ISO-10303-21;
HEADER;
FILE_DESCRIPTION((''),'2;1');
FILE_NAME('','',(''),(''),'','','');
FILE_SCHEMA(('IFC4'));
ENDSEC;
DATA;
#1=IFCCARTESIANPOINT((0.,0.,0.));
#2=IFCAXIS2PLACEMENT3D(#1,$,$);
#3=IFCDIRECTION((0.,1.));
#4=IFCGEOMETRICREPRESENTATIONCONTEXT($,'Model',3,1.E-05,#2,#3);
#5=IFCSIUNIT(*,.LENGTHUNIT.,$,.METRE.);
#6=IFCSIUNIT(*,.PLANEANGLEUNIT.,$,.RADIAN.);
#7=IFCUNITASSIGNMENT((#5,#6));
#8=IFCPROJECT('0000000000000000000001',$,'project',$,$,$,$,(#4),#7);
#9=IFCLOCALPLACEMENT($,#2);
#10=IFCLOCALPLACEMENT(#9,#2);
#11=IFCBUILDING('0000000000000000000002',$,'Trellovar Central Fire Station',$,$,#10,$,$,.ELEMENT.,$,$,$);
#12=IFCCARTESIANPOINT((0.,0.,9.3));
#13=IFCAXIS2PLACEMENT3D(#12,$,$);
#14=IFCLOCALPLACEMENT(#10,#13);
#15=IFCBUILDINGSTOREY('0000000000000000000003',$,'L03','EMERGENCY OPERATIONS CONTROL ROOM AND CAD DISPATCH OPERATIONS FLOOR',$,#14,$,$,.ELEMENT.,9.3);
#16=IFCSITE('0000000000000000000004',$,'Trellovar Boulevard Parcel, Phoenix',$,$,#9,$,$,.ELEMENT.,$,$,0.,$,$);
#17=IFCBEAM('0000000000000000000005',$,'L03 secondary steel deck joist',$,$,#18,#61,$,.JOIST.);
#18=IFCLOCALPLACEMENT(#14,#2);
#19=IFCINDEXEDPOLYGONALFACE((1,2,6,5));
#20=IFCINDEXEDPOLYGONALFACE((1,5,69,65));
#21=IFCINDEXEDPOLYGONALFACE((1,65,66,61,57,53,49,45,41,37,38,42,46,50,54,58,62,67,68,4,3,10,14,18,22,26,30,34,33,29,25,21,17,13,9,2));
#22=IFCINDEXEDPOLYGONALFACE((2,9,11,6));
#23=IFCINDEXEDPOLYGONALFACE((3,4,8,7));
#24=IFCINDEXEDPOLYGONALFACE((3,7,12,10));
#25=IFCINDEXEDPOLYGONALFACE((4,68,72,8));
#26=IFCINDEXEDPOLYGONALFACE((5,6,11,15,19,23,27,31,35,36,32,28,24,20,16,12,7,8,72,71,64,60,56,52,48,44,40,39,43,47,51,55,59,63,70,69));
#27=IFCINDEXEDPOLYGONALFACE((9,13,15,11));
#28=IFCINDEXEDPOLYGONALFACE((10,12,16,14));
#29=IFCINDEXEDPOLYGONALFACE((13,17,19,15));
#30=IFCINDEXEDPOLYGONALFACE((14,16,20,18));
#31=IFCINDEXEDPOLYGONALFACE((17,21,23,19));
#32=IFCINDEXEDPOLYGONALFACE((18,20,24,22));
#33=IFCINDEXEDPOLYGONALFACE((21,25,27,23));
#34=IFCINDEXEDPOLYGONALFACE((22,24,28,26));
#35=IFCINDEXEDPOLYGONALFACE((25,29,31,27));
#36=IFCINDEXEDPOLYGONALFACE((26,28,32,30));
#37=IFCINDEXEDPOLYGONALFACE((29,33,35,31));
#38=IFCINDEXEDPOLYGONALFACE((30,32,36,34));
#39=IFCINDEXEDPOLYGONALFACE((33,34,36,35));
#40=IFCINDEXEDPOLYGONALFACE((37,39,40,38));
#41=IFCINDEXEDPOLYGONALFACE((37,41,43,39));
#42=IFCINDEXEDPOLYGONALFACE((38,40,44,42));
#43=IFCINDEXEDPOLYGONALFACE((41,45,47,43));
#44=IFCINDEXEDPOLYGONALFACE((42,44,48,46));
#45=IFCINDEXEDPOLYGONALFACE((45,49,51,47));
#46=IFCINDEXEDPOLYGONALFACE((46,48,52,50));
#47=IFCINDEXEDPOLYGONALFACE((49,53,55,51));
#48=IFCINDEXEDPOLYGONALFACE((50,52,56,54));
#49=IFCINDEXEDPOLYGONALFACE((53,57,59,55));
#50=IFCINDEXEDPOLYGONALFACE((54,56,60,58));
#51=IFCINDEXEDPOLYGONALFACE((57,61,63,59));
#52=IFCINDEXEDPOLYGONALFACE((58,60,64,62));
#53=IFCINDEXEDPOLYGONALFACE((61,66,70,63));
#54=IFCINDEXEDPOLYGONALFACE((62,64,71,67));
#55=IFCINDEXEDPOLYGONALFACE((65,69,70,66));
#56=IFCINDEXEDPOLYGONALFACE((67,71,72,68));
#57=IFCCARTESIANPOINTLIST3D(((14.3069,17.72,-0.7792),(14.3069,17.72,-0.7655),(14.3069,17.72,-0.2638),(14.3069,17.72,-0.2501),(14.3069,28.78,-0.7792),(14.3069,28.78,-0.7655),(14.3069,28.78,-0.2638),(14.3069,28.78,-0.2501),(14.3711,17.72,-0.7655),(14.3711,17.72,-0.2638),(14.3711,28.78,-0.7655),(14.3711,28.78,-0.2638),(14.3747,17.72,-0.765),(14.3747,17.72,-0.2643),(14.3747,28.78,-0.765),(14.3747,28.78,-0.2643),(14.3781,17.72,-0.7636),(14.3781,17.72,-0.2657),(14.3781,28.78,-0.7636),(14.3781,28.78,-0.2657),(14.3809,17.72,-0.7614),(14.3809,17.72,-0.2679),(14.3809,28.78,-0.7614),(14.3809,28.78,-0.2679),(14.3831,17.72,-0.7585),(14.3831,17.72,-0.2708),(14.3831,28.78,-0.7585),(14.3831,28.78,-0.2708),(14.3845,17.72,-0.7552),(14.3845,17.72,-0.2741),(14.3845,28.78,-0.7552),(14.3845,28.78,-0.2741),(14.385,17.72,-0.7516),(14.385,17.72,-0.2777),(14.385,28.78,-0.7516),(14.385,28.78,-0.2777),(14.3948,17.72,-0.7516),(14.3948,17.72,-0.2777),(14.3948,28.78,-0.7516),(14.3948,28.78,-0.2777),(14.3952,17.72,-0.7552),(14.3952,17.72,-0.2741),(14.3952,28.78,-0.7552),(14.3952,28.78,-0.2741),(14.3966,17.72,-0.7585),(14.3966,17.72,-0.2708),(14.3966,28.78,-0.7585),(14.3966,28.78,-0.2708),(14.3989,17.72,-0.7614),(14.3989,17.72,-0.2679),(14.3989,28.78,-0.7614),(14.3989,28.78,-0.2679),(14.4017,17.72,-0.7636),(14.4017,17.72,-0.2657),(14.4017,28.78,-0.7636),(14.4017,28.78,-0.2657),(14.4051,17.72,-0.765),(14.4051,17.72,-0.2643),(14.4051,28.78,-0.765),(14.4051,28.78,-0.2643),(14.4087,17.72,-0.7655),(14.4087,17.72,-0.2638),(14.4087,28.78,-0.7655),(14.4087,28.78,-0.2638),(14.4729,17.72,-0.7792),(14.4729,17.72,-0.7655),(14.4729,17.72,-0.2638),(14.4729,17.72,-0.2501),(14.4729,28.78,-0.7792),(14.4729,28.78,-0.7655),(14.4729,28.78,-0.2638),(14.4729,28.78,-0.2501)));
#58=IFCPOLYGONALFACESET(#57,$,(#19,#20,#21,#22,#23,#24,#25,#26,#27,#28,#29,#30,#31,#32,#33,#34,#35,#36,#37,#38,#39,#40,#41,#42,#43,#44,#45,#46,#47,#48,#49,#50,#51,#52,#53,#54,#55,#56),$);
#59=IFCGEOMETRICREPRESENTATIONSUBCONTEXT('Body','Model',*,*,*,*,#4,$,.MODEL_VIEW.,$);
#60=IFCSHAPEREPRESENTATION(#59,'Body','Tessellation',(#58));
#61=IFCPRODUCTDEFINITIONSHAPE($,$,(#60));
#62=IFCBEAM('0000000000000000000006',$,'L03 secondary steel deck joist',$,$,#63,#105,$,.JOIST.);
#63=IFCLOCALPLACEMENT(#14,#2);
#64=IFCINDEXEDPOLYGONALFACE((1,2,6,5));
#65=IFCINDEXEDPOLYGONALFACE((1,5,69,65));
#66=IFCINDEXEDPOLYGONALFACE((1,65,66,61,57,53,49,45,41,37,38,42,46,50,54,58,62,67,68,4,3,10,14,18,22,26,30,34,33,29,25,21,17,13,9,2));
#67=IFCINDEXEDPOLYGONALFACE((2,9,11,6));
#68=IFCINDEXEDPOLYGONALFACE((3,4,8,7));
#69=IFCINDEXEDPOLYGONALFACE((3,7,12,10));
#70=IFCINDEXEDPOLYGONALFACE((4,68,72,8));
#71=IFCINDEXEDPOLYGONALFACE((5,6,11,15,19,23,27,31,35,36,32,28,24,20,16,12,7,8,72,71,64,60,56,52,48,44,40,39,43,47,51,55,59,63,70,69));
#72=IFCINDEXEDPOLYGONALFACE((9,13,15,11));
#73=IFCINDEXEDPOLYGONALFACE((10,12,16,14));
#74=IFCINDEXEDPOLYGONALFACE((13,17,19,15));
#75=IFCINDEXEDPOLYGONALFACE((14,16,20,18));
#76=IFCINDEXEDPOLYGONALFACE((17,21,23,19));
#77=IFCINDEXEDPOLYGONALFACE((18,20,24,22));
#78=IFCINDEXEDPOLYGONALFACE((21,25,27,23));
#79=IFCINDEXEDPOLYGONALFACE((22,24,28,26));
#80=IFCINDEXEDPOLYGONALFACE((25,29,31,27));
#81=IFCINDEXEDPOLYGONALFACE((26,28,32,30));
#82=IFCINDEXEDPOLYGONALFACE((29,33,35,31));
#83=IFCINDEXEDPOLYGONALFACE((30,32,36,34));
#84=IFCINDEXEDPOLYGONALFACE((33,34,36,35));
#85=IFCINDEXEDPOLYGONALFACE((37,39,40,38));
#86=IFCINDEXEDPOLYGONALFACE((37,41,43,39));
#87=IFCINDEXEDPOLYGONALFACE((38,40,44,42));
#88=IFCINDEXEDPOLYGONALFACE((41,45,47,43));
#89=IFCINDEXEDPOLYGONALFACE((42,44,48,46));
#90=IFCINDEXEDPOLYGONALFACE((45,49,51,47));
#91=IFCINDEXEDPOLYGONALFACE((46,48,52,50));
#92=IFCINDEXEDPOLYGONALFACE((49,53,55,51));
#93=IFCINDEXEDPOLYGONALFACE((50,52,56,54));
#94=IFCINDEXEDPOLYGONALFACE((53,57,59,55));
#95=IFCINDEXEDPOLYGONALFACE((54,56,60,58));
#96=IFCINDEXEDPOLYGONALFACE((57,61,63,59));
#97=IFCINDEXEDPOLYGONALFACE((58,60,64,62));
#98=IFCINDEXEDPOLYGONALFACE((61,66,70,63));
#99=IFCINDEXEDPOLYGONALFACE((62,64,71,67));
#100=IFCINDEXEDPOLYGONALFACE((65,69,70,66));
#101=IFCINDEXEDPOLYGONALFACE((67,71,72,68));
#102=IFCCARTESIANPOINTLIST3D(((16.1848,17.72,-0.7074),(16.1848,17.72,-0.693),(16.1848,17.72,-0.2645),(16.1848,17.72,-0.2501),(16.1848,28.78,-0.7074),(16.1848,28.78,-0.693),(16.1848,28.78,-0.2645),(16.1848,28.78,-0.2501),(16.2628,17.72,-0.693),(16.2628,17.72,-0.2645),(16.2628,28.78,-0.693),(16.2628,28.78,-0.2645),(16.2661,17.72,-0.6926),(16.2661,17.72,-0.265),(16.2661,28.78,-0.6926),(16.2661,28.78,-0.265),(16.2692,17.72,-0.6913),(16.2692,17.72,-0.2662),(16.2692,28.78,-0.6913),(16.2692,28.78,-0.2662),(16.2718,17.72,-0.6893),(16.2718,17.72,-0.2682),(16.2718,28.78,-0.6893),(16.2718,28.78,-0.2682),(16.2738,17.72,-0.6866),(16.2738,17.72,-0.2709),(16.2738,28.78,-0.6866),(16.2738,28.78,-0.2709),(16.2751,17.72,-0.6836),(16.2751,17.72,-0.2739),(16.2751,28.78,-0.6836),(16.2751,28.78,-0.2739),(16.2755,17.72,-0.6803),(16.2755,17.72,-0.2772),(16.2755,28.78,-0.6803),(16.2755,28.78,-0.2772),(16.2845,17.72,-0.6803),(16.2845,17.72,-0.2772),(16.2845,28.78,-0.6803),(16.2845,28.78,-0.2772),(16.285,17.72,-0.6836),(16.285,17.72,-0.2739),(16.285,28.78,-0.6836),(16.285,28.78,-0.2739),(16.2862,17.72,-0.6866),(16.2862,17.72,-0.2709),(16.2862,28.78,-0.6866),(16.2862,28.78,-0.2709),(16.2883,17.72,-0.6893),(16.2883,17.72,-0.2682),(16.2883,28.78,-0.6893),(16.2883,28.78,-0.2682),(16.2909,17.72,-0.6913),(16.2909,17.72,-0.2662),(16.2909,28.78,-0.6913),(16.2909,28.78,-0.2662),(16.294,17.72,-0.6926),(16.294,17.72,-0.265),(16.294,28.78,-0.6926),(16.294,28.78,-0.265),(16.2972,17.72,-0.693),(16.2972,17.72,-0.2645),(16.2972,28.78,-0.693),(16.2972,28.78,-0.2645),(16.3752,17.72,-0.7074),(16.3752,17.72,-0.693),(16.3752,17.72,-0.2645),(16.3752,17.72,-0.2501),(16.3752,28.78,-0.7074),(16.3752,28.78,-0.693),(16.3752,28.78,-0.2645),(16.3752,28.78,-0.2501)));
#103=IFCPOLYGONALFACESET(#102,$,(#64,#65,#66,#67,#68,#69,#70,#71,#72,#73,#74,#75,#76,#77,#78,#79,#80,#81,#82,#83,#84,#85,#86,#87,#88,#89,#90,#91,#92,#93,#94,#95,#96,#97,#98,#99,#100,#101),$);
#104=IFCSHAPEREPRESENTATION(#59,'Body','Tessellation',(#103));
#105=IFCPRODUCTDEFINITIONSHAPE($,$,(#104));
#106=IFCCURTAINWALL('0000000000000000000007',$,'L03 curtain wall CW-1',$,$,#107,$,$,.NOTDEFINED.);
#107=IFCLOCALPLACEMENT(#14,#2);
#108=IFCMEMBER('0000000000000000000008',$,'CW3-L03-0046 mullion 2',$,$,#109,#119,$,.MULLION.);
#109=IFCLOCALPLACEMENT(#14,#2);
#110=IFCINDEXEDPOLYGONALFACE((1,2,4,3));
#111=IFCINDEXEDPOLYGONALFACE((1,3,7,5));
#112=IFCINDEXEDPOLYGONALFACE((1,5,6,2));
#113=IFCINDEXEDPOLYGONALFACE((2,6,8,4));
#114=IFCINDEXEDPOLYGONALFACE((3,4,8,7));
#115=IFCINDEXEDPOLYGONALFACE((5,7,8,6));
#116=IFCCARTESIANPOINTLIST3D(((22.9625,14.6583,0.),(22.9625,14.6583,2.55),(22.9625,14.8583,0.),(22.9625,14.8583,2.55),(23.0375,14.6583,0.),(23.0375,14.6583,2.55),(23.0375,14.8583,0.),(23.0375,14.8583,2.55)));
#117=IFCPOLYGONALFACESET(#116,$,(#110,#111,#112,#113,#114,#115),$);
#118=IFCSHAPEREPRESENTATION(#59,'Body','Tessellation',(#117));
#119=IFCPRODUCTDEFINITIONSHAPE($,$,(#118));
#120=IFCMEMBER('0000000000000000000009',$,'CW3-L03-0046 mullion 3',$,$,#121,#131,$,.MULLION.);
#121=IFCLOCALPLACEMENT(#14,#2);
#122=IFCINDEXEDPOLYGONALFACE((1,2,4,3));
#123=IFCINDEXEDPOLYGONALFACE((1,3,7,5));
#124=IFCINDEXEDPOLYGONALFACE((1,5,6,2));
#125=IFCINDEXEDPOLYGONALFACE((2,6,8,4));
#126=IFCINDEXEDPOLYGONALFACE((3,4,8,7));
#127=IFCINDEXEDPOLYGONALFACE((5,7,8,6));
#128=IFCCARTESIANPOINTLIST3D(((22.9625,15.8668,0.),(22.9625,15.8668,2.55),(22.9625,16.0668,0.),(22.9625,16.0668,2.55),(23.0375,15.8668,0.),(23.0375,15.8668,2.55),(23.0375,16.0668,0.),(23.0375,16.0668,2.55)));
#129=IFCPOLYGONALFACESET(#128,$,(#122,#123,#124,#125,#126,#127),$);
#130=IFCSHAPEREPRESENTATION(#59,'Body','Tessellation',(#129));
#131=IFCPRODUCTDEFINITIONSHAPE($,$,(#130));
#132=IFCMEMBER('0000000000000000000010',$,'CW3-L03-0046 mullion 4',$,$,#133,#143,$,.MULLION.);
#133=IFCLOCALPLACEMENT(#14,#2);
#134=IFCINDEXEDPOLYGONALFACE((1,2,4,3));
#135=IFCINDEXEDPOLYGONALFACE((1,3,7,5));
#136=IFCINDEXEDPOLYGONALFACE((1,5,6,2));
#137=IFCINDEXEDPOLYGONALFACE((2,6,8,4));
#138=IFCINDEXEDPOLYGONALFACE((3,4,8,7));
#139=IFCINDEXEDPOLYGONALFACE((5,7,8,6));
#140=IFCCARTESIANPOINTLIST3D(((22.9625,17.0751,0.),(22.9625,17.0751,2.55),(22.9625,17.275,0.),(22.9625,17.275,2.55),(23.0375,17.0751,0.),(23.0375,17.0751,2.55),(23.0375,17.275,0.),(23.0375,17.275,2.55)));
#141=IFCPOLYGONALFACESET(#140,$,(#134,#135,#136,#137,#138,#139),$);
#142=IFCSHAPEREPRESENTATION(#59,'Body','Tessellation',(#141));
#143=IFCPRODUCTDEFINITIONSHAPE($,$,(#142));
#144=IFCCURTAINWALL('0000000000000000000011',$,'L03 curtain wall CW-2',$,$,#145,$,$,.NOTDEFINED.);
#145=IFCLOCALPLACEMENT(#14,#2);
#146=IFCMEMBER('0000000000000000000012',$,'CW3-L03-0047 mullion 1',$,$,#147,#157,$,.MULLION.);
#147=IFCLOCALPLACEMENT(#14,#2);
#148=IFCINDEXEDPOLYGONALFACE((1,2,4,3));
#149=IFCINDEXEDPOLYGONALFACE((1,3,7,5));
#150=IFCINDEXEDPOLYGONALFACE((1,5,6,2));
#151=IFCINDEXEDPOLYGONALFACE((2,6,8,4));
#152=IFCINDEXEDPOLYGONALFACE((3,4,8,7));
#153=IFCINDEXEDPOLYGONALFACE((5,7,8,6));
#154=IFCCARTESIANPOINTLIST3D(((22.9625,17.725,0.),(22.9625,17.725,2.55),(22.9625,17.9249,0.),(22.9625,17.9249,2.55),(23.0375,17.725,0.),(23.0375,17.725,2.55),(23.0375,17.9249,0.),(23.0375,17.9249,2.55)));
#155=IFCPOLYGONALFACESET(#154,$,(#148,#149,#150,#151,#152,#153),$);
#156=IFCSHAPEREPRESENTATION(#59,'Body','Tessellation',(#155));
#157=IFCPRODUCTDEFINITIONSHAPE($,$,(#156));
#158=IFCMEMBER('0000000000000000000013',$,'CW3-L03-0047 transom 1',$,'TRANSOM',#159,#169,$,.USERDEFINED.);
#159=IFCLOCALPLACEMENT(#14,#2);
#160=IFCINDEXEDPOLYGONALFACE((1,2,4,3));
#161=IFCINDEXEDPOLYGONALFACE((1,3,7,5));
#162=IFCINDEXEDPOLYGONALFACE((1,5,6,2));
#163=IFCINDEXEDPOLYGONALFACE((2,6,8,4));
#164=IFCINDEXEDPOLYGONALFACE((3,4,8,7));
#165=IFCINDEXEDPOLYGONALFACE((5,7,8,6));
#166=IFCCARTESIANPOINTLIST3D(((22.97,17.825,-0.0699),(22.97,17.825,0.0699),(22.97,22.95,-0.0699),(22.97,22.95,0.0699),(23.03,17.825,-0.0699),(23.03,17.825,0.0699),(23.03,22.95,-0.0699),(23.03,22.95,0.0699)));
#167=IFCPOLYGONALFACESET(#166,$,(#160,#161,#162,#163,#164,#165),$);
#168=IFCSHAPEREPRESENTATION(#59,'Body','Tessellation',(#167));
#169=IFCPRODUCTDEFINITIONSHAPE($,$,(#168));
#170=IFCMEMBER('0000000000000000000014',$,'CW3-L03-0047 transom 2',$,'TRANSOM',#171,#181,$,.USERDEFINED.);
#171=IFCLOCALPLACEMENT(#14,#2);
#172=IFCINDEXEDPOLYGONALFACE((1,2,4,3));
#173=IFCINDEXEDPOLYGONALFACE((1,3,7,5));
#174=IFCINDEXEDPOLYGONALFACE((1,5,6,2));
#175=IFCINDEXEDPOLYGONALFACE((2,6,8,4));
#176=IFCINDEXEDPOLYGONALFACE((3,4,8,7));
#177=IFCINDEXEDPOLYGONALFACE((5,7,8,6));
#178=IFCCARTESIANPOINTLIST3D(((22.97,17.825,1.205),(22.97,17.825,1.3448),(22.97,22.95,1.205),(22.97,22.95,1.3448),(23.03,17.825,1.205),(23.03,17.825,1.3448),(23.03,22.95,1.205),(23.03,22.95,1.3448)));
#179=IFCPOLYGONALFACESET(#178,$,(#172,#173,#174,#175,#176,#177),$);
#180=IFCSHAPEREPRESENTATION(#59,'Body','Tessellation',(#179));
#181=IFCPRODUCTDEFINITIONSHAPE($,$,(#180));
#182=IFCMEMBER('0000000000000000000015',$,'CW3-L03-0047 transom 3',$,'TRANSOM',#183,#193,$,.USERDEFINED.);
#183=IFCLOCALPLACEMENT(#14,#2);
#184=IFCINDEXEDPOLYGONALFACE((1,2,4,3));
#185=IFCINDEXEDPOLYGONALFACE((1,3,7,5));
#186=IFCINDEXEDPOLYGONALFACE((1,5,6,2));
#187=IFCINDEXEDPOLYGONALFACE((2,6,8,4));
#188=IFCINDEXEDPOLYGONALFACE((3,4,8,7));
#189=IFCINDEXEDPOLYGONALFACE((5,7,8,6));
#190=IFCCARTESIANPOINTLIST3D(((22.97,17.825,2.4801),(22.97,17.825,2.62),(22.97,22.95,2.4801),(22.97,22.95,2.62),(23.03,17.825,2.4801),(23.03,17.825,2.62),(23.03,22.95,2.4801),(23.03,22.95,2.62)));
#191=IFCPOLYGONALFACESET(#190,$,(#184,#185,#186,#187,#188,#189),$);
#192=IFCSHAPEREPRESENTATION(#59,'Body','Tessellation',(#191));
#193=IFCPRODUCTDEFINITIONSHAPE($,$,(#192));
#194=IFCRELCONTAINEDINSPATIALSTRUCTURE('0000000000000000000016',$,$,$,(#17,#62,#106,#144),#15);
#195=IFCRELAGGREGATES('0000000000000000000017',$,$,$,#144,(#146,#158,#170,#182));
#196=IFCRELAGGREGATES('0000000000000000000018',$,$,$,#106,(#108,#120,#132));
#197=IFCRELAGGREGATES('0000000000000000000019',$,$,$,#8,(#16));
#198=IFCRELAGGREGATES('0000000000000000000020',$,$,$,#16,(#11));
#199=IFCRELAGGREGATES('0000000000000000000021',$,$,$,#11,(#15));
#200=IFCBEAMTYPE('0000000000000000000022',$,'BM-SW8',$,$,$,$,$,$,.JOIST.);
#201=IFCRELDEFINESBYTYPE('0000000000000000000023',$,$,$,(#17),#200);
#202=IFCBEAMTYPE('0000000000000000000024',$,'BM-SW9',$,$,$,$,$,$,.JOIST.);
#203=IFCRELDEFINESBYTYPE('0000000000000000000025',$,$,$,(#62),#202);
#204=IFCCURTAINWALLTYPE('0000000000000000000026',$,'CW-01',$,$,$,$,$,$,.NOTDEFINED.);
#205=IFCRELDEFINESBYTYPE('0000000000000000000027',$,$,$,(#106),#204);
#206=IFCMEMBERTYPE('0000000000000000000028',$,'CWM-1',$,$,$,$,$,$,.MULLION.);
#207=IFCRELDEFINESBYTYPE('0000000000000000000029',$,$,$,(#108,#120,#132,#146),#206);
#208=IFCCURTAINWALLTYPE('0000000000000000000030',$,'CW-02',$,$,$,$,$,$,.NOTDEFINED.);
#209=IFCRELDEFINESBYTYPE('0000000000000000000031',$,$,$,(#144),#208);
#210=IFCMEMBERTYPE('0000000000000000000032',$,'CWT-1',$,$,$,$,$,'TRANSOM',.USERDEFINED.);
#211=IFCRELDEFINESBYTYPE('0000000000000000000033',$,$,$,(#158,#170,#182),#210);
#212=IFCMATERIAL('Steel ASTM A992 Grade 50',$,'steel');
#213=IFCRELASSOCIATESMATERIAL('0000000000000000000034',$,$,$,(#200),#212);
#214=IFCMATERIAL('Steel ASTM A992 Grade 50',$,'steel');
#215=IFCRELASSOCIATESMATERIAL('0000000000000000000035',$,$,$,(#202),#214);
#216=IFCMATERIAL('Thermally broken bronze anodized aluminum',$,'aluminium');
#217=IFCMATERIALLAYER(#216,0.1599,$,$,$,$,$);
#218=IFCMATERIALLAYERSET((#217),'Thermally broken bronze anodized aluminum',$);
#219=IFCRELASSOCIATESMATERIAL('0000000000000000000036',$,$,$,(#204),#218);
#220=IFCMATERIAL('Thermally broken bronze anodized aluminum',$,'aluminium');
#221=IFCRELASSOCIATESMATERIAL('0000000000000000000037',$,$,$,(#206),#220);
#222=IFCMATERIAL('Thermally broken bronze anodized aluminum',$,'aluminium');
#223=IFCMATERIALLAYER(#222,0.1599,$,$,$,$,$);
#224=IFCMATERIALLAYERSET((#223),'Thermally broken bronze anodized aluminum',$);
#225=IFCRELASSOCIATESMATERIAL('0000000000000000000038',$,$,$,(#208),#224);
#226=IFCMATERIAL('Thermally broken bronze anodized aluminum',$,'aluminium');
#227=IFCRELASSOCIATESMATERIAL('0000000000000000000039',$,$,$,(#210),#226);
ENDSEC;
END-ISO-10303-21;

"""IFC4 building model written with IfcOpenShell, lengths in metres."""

from ifc_helpers import new_model, si_unit, direction, frame, origin, origin_2d, place, context, subcontext, project, spatial, rectangle, i_section, extrude, material, layer, layer_set, material_profile, profile_set, type_object, element, aggregate, save


model = new_model("IFC4")

# Units and contexts
model_context = context("Model", 3, precision=1e-05, world=origin(), true_north=direction((0.0, 1.0)))
body_context = subcontext(model_context, "Body", "Model", "MODEL_VIEW")
ifc_project = project(units=[si_unit("LENGTHUNIT", "METRE"), si_unit("PLANEANGLEUNIT", "RADIAN")], contexts=[model_context])

# Site, building, storey
site_placement = place(None, origin())
site = spatial("IfcSite", under=ifc_project, at=site_placement, Name="Trellovar Boulevard Parcel, Phoenix", CompositionType="ELEMENT", RefElevation=0.0)
building_placement = place(site_placement, origin())
building = spatial("IfcBuilding", under=site, at=building_placement, Name="Trellovar Central Fire Station", CompositionType="ELEMENT")
storey_placement = place(building_placement, frame((0.0, 0.0, 9.3)))
storey = spatial("IfcBuildingStorey", under=building, at=storey_placement, Name="L03", Description="EMERGENCY OPERATIONS CONTROL ROOM AND CAD DISPATCH OPERATIONS FLOOR", CompositionType="ELEMENT", Elevation=9.3)

# Beams
ifc_material_1 = material(Name="Steel ASTM A992 Grade 50", Category="steel")
ifc_material_profile_1 = material_profile(ifc_material_1, i_section(OverallWidth=0.166, OverallDepth=0.5291, WebThickness=0.0098, FlangeThickness=0.0137, FilletRadius=0.0139, at=origin_2d()), Name="W21X50")
ifc_profile_set_1 = profile_set([ifc_material_profile_1], Name="Steel ASTM A992 Grade 50")
beam_type_1 = type_object("IfcBeamType", Name="BM-SW8", PredefinedType="JOIST", material=ifc_profile_set_1)
beam_1_placement = place(storey_placement, frame((14.3899, 17.72, -0.5146), z_axis=(0.0, 1.0, 0.0), x_axis=(-1.0, 0.0, 0.0)))
element("IfcBeam", 1, at=beam_1_placement, inside=storey, type_object=beam_type_1, Name="L03 secondary steel deck joist", PredefinedType="JOIST", context=body_context, shape_type="SweptSolid", body=[
    extrude(i_section(OverallWidth=0.166, OverallDepth=0.5291, WebThickness=0.0098, FlangeThickness=0.0137, FilletRadius=0.0139, at=origin_2d()), origin(), (0.0, 0.0, 1.0), 11.0601),
])
ifc_material_2 = material(Name="Steel ASTM A992 Grade 50", Category="steel")
ifc_material_profile_2 = material_profile(ifc_material_2, i_section(OverallWidth=0.1904, OverallDepth=0.4573, WebThickness=0.009, FlangeThickness=0.0144, FilletRadius=0.0127, at=origin_2d()), Name="W18X50")
ifc_profile_set_2 = profile_set([ifc_material_profile_2], Name="Steel ASTM A992 Grade 50")
beam_type_2 = type_object("IfcBeamType", Name="BM-SW9", PredefinedType="JOIST", material=ifc_profile_set_2)
beam_2_placement = place(storey_placement, frame((16.28, 17.72, -0.4788), z_axis=(0.0, 1.0, 0.0), x_axis=(-1.0, 0.0, 0.0)))
element("IfcBeam", 2, at=beam_2_placement, inside=storey, type_object=beam_type_2, Name="L03 secondary steel deck joist", PredefinedType="JOIST", context=body_context, shape_type="SweptSolid", body=[
    extrude(i_section(OverallWidth=0.1904, OverallDepth=0.4573, WebThickness=0.009, FlangeThickness=0.0144, FilletRadius=0.0127, at=origin_2d()), origin(), (0.0, 0.0, 1.0), 11.0601),
])

# Curtain walls, members
ifc_material_3 = material(Name="Thermally broken bronze anodized aluminum", Category="aluminium")
ifc_layer_1 = layer(ifc_material_3, 0.1599)
ifc_layer_set_1 = layer_set([ifc_layer_1], Name="Thermally broken bronze anodized aluminum")
curtain_wall_type_1 = type_object("IfcCurtainWallType", Name="CW-01", PredefinedType="NOTDEFINED", material=ifc_layer_set_1)
curtain_wall_1_placement = place(storey_placement, origin())
curtain_wall_1 = element("IfcCurtainWall", 3, at=curtain_wall_1_placement, inside=storey, type_object=curtain_wall_type_1, Name="L03 curtain wall CW-1", PredefinedType="NOTDEFINED")
ifc_material_4 = material(Name="Thermally broken bronze anodized aluminum", Category="aluminium")
ifc_material_profile_3 = material_profile(ifc_material_4, rectangle(XDim=0.075, YDim=0.2, at=origin_2d()), Name="ALU75X200")
ifc_profile_set_3 = profile_set([ifc_material_profile_3], Name="Thermally broken bronze anodized aluminum")
member_type_1 = type_object("IfcMemberType", Name="CWM-1", PredefinedType="MULLION", material=ifc_profile_set_3)
member_1_placement = place(storey_placement, frame((23.0, 14.7583, 0.0), z_axis=(0.0, 0.0, 1.0), x_axis=(1.0, 0.0, 0.0)))
member_1 = element("IfcMember", 4, at=member_1_placement, type_object=member_type_1, Name="CW3-L03-0046 mullion 2", PredefinedType="MULLION", context=body_context, shape_type="SweptSolid", body=[
    extrude(rectangle(XDim=0.075, YDim=0.2, at=origin_2d()), origin(), (0.0, 0.0, 1.0), 2.55),
])
member_2_placement = place(storey_placement, frame((23.0, 15.9668, 0.0), z_axis=(0.0, 0.0, 1.0), x_axis=(1.0, 0.0, 0.0)))
member_2 = element("IfcMember", 5, at=member_2_placement, type_object=member_type_1, Name="CW3-L03-0046 mullion 3", PredefinedType="MULLION", context=body_context, shape_type="SweptSolid", body=[
    extrude(rectangle(XDim=0.075, YDim=0.2, at=origin_2d()), origin(), (0.0, 0.0, 1.0), 2.55),
])
member_3_placement = place(storey_placement, frame((23.0, 17.175, 0.0), z_axis=(0.0, 0.0, 1.0), x_axis=(1.0, 0.0, 0.0)))
member_3 = element("IfcMember", 6, at=member_3_placement, type_object=member_type_1, Name="CW3-L03-0046 mullion 4", PredefinedType="MULLION", context=body_context, shape_type="SweptSolid", body=[
    extrude(rectangle(XDim=0.075, YDim=0.2, at=origin_2d()), origin(), (0.0, 0.0, 1.0), 2.55),
])
ifc_material_5 = material(Name="Thermally broken bronze anodized aluminum", Category="aluminium")
ifc_layer_2 = layer(ifc_material_5, 0.1599)
ifc_layer_set_2 = layer_set([ifc_layer_2], Name="Thermally broken bronze anodized aluminum")
curtain_wall_type_2 = type_object("IfcCurtainWallType", Name="CW-02", PredefinedType="NOTDEFINED", material=ifc_layer_set_2)
curtain_wall_2_placement = place(storey_placement, origin())
curtain_wall_2 = element("IfcCurtainWall", 7, at=curtain_wall_2_placement, inside=storey, type_object=curtain_wall_type_2, Name="L03 curtain wall CW-2", PredefinedType="NOTDEFINED")
member_4_placement = place(storey_placement, frame((23.0, 17.825, 0.0), z_axis=(0.0, 0.0, 1.0), x_axis=(1.0, 0.0, 0.0)))
member_4 = element("IfcMember", 8, at=member_4_placement, type_object=member_type_1, Name="CW3-L03-0047 mullion 1", PredefinedType="MULLION", context=body_context, shape_type="SweptSolid", body=[
    extrude(rectangle(XDim=0.075, YDim=0.2, at=origin_2d()), origin(), (0.0, 0.0, 1.0), 2.55),
])
ifc_material_6 = material(Name="Thermally broken bronze anodized aluminum", Category="aluminium")
ifc_material_profile_4 = material_profile(ifc_material_6, rectangle(XDim=0.0601, YDim=0.1399, at=origin_2d()), Name="ALU60X140")
ifc_profile_set_4 = profile_set([ifc_material_profile_4], Name="Thermally broken bronze anodized aluminum")
member_type_2 = type_object("IfcMemberType", Name="CWT-1", ElementType="TRANSOM", PredefinedType="USERDEFINED", material=ifc_profile_set_4)
member_5_placement = place(storey_placement, frame((23.0, 17.825, 0.0), z_axis=(0.0, 1.0, 0.0), x_axis=(-1.0, 0.0, 0.0)))
member_5 = element("IfcMember", 9, at=member_5_placement, type_object=member_type_2, Name="CW3-L03-0047 transom 1", ObjectType="TRANSOM", PredefinedType="USERDEFINED", context=body_context, shape_type="SweptSolid", body=[
    extrude(rectangle(XDim=0.0601, YDim=0.1399, at=origin_2d()), origin(), (0.0, 0.0, 1.0), 5.125),
])
member_6_placement = place(storey_placement, frame((23.0, 17.825, 1.2749), z_axis=(0.0, 1.0, 0.0), x_axis=(-1.0, 0.0, 0.0)))
member_6 = element("IfcMember", 10, at=member_6_placement, type_object=member_type_2, Name="CW3-L03-0047 transom 2", ObjectType="TRANSOM", PredefinedType="USERDEFINED", context=body_context, shape_type="SweptSolid", body=[
    extrude(rectangle(XDim=0.0601, YDim=0.1399, at=origin_2d()), origin(), (0.0, 0.0, 1.0), 5.125),
])
member_7_placement = place(storey_placement, frame((23.0, 17.825, 2.55), z_axis=(0.0, 1.0, 0.0), x_axis=(-1.0, 0.0, 0.0)))
member_7 = element("IfcMember", 11, at=member_7_placement, type_object=member_type_2, Name="CW3-L03-0047 transom 3", ObjectType="TRANSOM", PredefinedType="USERDEFINED", context=body_context, shape_type="SweptSolid", body=[
    extrude(rectangle(XDim=0.0601, YDim=0.1399, at=origin_2d()), origin(), (0.0, 0.0, 1.0), 5.125),
])
aggregate(curtain_wall_2, [member_4, member_5, member_6, member_7])

aggregate(curtain_wall_1, [member_1, member_2, member_3])

save(model, "model.ifc")
